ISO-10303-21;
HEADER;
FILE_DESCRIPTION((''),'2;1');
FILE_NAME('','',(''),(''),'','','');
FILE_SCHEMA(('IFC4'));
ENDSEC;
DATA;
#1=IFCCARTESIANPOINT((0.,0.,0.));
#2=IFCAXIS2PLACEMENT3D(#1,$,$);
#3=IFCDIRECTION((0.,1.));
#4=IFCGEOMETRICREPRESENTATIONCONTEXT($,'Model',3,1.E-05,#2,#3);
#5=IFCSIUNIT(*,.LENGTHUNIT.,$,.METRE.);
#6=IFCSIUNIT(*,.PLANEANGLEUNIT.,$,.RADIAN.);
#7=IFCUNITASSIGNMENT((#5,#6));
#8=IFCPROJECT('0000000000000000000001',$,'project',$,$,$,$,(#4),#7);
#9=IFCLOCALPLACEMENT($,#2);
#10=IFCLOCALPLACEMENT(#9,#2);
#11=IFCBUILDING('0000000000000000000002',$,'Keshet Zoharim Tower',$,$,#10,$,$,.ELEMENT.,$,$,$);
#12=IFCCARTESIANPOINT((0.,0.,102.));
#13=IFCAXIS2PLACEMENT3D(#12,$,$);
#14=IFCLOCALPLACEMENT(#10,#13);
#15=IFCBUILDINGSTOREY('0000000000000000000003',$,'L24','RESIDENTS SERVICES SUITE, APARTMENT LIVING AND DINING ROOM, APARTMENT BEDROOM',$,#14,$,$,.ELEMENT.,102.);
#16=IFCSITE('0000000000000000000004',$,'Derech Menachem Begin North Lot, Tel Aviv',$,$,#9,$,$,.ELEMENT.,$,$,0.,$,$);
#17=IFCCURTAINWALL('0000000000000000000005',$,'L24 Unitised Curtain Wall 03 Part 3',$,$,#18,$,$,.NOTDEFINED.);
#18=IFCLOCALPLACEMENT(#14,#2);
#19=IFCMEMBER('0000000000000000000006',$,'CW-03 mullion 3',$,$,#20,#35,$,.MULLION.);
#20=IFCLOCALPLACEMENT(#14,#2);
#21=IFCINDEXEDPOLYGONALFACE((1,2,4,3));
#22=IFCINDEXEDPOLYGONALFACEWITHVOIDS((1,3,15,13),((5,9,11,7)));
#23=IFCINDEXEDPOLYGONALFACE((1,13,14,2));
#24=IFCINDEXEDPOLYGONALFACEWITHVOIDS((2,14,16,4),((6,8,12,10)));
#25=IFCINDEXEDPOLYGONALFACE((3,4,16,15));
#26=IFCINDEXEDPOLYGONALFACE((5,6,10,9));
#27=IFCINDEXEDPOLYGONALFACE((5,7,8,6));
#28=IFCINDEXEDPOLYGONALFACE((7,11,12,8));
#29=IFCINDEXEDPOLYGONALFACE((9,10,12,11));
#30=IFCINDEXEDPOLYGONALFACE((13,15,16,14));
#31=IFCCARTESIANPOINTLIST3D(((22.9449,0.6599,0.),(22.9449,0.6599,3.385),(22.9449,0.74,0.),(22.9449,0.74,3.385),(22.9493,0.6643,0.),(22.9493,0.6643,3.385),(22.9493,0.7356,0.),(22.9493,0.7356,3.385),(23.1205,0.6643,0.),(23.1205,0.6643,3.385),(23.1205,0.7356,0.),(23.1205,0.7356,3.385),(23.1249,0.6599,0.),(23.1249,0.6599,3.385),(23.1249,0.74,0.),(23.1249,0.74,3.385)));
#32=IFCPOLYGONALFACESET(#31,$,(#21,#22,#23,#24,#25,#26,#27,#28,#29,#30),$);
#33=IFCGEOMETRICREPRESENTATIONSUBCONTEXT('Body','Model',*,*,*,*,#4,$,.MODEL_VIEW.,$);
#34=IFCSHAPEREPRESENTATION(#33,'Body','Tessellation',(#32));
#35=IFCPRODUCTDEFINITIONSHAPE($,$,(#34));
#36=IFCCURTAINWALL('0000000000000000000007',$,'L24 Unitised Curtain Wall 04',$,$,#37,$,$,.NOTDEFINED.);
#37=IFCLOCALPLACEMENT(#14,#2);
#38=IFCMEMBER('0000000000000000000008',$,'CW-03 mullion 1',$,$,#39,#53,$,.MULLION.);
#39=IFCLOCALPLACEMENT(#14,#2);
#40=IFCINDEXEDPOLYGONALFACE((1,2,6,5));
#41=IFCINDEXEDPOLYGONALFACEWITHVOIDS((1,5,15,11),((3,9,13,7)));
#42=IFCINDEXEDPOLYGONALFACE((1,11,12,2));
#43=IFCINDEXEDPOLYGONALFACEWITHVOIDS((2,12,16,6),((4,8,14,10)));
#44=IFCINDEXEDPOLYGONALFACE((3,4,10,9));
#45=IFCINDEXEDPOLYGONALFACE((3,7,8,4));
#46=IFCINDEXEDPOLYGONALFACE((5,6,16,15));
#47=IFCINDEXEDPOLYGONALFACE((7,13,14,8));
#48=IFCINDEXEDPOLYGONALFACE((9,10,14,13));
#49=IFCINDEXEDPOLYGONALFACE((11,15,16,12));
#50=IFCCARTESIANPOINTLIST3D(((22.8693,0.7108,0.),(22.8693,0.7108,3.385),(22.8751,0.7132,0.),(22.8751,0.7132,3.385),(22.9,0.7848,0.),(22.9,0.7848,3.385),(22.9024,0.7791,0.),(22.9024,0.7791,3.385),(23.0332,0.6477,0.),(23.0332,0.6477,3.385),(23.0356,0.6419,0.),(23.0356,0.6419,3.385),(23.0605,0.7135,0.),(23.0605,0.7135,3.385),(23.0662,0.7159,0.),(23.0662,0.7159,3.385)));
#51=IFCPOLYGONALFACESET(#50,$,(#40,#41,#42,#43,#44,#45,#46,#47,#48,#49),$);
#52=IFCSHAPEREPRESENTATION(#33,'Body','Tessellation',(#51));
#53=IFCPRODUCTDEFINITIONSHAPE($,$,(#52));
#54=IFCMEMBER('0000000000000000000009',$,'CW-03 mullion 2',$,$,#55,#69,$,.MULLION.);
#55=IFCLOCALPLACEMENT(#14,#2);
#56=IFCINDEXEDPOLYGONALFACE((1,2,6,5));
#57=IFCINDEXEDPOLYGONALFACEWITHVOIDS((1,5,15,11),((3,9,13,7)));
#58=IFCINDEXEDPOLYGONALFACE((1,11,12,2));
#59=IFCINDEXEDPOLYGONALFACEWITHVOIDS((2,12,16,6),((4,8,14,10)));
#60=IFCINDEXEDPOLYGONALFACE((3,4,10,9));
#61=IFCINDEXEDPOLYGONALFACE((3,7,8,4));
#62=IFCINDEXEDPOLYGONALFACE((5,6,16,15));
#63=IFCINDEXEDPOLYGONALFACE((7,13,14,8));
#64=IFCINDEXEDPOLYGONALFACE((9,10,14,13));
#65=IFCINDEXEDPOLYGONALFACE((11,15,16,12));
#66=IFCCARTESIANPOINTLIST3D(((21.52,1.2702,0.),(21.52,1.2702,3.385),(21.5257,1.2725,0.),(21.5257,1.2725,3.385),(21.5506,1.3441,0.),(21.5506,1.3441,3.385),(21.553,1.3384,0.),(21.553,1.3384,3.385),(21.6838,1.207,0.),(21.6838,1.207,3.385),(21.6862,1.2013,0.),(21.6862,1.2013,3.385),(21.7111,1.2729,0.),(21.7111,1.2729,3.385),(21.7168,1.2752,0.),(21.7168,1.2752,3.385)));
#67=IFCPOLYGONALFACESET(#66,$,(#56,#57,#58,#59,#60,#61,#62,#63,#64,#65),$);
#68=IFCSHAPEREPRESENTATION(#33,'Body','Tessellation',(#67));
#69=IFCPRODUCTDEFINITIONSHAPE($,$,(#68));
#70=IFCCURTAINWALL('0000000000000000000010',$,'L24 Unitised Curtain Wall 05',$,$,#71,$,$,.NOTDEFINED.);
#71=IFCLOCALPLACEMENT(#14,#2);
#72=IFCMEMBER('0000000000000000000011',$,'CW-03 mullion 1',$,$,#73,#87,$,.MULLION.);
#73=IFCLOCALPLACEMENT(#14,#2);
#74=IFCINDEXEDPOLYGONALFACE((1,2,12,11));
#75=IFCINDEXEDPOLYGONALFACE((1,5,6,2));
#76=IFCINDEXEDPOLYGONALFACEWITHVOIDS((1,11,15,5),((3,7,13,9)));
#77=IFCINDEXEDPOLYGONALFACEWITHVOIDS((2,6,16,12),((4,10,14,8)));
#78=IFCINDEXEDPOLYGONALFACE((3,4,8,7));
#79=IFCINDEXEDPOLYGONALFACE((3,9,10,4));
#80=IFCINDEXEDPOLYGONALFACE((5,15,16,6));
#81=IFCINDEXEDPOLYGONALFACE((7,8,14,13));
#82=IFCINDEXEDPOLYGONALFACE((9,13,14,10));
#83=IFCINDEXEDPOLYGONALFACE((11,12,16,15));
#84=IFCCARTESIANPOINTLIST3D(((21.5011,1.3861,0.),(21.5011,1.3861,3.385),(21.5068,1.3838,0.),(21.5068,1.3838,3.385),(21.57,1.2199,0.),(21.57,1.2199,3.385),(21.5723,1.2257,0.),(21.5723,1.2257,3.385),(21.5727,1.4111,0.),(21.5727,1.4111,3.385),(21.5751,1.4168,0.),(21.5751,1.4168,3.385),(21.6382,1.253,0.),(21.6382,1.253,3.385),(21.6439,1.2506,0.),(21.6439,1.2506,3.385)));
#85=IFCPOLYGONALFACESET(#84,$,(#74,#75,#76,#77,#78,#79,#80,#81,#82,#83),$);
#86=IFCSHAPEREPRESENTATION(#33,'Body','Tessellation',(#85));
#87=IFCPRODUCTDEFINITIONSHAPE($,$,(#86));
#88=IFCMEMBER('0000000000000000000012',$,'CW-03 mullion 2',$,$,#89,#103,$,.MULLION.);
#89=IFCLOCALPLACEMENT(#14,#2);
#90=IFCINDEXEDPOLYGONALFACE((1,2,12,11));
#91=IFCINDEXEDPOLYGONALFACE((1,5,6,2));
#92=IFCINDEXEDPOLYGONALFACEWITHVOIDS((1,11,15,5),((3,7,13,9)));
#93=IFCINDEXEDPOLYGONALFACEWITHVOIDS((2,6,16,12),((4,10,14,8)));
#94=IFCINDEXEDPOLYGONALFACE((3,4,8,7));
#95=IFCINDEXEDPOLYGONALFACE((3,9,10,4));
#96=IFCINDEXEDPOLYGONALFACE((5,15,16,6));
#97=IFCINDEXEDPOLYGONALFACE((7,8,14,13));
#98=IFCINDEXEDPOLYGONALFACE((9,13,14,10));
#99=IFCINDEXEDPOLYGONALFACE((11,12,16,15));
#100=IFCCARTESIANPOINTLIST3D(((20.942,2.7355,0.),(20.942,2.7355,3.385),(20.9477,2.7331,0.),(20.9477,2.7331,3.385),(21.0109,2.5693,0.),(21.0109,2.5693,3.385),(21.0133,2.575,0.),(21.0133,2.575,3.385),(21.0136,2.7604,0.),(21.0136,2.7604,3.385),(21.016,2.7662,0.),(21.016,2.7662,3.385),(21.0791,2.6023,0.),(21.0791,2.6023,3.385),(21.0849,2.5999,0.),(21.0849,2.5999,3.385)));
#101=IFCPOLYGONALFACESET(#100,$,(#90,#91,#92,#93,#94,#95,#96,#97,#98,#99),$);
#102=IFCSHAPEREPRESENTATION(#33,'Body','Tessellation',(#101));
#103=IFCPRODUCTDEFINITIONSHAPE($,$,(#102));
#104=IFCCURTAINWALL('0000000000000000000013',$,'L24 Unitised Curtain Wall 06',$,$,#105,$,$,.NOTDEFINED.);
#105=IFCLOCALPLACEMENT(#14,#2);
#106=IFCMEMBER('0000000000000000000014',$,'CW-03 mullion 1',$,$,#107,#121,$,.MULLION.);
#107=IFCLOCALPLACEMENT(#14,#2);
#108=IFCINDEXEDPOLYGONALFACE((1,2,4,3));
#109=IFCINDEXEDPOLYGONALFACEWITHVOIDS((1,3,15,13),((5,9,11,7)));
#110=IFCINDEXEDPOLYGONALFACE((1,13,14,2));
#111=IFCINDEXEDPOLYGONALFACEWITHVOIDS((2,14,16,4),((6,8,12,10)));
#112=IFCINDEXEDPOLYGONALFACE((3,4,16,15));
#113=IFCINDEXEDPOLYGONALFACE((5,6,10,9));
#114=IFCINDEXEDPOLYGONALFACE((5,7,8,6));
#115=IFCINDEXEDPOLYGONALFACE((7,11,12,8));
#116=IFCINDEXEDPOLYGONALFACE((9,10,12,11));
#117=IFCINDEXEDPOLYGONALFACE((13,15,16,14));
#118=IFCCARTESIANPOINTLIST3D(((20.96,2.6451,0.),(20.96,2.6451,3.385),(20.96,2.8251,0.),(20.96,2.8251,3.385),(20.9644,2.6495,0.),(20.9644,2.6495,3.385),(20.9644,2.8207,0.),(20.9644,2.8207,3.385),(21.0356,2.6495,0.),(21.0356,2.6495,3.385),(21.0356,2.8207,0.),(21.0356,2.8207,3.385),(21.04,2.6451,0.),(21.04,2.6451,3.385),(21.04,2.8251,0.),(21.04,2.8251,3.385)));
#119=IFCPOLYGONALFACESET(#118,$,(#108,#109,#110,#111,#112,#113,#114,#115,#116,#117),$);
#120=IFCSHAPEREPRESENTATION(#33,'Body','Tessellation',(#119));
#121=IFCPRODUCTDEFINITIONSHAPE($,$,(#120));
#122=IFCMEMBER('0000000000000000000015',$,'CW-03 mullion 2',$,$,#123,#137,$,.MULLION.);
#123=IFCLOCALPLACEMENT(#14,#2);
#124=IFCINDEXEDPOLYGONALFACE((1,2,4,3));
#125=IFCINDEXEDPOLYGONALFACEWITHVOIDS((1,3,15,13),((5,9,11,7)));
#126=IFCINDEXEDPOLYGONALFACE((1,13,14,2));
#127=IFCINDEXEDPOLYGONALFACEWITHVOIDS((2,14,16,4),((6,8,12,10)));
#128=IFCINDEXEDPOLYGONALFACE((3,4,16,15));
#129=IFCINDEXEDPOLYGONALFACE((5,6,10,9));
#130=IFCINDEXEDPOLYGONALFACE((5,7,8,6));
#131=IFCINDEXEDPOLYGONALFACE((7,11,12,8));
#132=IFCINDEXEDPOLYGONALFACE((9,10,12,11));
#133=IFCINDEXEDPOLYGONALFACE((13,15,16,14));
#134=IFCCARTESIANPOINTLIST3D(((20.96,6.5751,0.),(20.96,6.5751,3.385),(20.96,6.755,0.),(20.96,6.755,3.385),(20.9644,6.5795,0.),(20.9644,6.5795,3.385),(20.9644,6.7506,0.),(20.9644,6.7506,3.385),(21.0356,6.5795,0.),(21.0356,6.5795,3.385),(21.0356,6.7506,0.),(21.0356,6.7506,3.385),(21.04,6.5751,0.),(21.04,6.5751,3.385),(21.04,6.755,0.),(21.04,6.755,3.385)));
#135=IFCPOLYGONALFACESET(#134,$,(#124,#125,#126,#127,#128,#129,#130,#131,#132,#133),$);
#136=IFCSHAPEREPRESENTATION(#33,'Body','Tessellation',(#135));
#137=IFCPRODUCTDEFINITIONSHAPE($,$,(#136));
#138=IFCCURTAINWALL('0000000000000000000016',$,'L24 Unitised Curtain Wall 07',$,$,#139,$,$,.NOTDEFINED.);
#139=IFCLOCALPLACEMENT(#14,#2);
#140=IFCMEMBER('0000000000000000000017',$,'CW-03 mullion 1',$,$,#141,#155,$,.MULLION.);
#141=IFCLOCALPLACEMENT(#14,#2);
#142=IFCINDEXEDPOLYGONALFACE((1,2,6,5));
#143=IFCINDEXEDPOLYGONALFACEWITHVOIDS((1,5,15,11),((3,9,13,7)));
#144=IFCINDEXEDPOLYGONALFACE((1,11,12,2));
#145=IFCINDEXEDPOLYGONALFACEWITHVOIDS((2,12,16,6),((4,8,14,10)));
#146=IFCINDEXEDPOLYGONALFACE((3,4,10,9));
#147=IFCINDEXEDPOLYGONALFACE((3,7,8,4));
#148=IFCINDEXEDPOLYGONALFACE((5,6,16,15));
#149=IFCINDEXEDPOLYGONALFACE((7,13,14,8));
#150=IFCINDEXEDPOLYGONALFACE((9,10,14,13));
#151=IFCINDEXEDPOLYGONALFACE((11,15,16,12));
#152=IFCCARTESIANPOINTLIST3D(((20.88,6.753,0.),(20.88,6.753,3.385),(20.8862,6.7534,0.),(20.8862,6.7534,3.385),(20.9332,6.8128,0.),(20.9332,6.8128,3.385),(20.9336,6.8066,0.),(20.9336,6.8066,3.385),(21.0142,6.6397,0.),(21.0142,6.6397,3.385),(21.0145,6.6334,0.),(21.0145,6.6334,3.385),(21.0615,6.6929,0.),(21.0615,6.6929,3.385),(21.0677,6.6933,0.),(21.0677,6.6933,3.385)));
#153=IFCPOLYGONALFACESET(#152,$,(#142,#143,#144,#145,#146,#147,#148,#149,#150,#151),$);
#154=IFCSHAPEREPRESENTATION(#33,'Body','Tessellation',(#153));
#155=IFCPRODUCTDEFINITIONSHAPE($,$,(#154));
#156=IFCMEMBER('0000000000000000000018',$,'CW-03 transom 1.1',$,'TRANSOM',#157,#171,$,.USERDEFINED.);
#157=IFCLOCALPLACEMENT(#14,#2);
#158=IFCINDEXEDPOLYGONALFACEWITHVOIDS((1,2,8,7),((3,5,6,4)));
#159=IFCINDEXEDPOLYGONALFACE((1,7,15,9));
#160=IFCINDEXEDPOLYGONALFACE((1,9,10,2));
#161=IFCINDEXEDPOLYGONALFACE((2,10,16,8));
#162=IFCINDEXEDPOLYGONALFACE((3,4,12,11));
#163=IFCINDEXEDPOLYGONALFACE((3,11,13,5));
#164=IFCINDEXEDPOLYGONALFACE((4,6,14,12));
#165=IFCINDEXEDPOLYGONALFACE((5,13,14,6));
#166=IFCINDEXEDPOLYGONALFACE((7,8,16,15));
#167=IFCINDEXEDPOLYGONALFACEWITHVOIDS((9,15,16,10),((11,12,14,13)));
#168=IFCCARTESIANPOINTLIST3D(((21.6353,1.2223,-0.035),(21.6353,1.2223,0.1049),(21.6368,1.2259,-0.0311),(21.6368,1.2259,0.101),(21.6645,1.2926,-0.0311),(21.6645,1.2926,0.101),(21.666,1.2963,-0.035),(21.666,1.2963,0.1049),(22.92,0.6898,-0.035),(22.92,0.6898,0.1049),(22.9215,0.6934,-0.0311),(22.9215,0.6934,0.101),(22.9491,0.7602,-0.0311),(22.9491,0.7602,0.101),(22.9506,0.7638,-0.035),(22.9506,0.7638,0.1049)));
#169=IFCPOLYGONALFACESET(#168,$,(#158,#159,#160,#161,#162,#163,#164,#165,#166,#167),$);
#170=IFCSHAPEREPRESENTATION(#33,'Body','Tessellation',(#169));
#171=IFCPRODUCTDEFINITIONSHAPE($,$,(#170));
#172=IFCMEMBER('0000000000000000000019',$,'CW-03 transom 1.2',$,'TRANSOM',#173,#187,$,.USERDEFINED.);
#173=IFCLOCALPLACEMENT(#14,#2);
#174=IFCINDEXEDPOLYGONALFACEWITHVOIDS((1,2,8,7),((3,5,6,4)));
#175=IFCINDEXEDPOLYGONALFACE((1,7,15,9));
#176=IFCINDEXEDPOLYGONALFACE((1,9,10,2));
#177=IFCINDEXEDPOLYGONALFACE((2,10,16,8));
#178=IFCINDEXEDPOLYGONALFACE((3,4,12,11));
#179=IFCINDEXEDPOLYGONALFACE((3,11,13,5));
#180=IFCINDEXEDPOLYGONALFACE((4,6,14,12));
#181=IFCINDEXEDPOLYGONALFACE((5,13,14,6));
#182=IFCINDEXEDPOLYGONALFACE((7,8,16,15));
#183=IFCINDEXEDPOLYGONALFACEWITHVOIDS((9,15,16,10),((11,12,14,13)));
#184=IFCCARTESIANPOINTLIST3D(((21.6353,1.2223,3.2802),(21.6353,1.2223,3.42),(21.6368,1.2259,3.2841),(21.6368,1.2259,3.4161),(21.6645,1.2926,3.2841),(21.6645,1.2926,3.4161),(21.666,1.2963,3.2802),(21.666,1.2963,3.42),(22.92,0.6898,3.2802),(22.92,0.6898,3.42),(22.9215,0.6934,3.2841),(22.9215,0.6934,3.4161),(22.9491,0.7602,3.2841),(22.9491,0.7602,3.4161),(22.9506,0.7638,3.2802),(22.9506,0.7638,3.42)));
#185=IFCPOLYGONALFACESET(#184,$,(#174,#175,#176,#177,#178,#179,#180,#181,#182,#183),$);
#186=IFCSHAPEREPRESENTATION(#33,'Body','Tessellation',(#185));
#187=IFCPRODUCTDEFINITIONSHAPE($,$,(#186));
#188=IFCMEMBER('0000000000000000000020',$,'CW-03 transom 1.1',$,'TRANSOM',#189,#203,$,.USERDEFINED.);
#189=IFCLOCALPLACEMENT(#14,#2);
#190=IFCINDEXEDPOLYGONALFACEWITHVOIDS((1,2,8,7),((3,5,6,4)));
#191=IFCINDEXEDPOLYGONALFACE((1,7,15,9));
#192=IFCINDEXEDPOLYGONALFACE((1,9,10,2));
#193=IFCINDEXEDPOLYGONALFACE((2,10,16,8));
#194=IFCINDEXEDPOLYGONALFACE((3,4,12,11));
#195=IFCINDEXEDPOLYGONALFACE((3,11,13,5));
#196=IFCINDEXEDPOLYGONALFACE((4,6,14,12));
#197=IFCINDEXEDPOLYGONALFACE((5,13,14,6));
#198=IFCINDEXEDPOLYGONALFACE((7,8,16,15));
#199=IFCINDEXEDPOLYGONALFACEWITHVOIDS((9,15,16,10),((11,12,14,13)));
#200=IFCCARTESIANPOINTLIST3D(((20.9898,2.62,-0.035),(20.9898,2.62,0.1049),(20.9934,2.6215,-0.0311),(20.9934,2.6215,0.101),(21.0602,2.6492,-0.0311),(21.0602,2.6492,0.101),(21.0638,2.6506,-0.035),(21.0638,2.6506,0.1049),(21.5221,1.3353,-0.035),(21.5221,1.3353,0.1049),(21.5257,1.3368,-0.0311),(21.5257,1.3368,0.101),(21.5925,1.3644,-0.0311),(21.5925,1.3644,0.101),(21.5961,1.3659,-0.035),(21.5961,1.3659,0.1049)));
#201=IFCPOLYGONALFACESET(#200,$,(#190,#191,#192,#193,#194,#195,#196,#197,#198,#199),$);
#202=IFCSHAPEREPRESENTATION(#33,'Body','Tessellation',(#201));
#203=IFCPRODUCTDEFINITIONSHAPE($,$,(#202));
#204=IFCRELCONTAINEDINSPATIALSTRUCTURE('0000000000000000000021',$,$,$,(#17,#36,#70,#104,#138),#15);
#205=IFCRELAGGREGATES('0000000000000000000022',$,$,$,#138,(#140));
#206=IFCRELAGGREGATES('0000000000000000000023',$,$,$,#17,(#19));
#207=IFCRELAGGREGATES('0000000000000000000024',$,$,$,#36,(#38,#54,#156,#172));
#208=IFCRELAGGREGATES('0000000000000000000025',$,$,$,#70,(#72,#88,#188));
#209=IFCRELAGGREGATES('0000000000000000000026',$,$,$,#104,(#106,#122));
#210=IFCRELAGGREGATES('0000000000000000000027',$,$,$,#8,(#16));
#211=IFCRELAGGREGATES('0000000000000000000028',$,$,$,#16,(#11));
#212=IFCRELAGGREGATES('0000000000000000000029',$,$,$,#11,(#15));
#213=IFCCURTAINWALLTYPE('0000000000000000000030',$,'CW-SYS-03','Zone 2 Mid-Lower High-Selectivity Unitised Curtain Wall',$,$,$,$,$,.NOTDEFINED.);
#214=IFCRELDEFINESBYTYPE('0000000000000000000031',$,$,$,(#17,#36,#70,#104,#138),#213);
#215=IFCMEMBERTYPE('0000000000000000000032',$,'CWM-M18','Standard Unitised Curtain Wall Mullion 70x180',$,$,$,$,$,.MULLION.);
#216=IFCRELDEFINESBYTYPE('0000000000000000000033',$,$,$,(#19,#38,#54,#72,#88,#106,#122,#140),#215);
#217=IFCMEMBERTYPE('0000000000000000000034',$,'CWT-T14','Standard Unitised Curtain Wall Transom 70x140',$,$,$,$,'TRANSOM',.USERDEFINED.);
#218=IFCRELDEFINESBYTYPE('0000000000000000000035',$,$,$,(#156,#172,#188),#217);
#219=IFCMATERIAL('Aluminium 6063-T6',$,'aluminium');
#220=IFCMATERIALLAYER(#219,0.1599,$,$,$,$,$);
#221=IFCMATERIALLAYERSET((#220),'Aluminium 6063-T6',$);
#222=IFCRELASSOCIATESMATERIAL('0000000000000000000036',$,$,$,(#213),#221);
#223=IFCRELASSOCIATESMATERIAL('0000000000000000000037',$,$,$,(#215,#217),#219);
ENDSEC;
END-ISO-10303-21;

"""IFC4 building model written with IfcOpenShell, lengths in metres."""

from ifc_helpers import new_model, si_unit, direction, frame, origin, origin_2d, place, context, subcontext, project, spatial, hollow_rectangle, extrude, material, layer, layer_set, material_profile, profile_set, type_object, element, aggregate, save


model = new_model("IFC4")

# Units and contexts
model_context = context("Model", 3, precision=1e-05, world=origin(), true_north=direction((0.0, 1.0)))
body_context = subcontext(model_context, "Body", "Model", "MODEL_VIEW")
ifc_project = project(units=[si_unit("LENGTHUNIT", "METRE"), si_unit("PLANEANGLEUNIT", "RADIAN")], contexts=[model_context])

# Site, building, storey
site_placement = place(None, origin())
site = spatial("IfcSite", under=ifc_project, at=site_placement, Name="Derech Menachem Begin North Lot, Tel Aviv", CompositionType="ELEMENT", RefElevation=0.0)
building_placement = place(site_placement, origin())
building = spatial("IfcBuilding", under=site, at=building_placement, Name="Keshet Zoharim Tower", CompositionType="ELEMENT")
storey_placement = place(building_placement, frame((0.0, 0.0, 102.0)))
storey = spatial("IfcBuildingStorey", under=building, at=storey_placement, Name="L24", Description="RESIDENTS SERVICES SUITE, APARTMENT LIVING AND DINING ROOM, APARTMENT BEDROOM", CompositionType="ELEMENT", Elevation=102.0)

# Curtain wall, member
ifc_material_1 = material(Name="Aluminium 6063-T6", Category="aluminium")
ifc_layer_1 = layer(ifc_material_1, 0.1599)
ifc_layer_set_1 = layer_set([ifc_layer_1], Name="Aluminium 6063-T6")
curtain_wall_type = type_object("IfcCurtainWallType", Name="CW-SYS-03", Description="Zone 2 Mid-Lower High-Selectivity Unitised Curtain Wall", PredefinedType="NOTDEFINED", material=ifc_layer_set_1)
curtain_wall_1_placement = place(storey_placement, origin())
curtain_wall_1 = element("IfcCurtainWall", 1, at=curtain_wall_1_placement, inside=storey, type_object=curtain_wall_type, Name="L24 Unitised Curtain Wall 03 Part 3", PredefinedType="NOTDEFINED")
ifc_material_profile_1 = material_profile(ifc_material_1, hollow_rectangle(XDim=0.0801, YDim=0.1799, WallThickness=0.0044, at=origin_2d()), Name="MUL-80x180")
ifc_profile_set_1 = profile_set([ifc_material_profile_1], Name="Aluminium 6063-T6")
member_type_1 = type_object("IfcMemberType", Name="CWM-M18", Description="Standard Unitised Curtain Wall Mullion 70x180", PredefinedType="MULLION", material=ifc_profile_set_1)
member_1_placement = place(storey_placement, frame((23.0349, 0.7, 0.0), z_axis=(0.0, 0.0, 1.0), x_axis=(0.0, -1.0, 0.0)))
member_1 = element("IfcMember", 2, at=member_1_placement, type_object=member_type_1, Name="CW-03 mullion 3", PredefinedType="MULLION", context=body_context, shape_type="SweptSolid", body=[
    extrude(hollow_rectangle(XDim=0.0801, YDim=0.1799, WallThickness=0.0044, at=origin_2d()), origin(), (0.0, 0.0, 1.0), 3.385),
])

# Curtain walls, members
curtain_wall_2_placement = place(storey_placement, origin())
curtain_wall_2 = element("IfcCurtainWall", 3, at=curtain_wall_2_placement, inside=storey, type_object=curtain_wall_type, Name="L24 Unitised Curtain Wall 04", PredefinedType="NOTDEFINED")
member_2_placement = place(storey_placement, frame((22.9678, 0.7134, 0.0), z_axis=(0.0, 0.0, 1.0), x_axis=(-0.382852, -0.92381, 0.0)))
member_2 = element("IfcMember", 4, at=member_2_placement, type_object=member_type_1, Name="CW-03 mullion 1", PredefinedType="MULLION", context=body_context, shape_type="SweptSolid", body=[
    extrude(hollow_rectangle(XDim=0.0801, YDim=0.1799, WallThickness=0.0044, at=origin_2d()), origin(), (0.0, 0.0, 1.0), 3.385),
])
member_3_placement = place(storey_placement, frame((21.6184, 1.2727, 0.0), z_axis=(0.0, 0.0, 1.0), x_axis=(-0.382852, -0.92381, 0.0)))
member_3 = element("IfcMember", 5, at=member_3_placement, type_object=member_type_1, Name="CW-03 mullion 2", PredefinedType="MULLION", context=body_context, shape_type="SweptSolid", body=[
    extrude(hollow_rectangle(XDim=0.0801, YDim=0.1799, WallThickness=0.0044, at=origin_2d()), origin(), (0.0, 0.0, 1.0), 3.385),
])
curtain_wall_3_placement = place(storey_placement, origin())
curtain_wall_3 = element("IfcCurtainWall", 6, at=curtain_wall_3_placement, inside=storey, type_object=curtain_wall_type, Name="L24 Unitised Curtain Wall 05", PredefinedType="NOTDEFINED")
member_4_placement = place(storey_placement, frame((21.5725, 1.3184, 0.0), z_axis=(0.0, 0.0, 1.0), x_axis=(-0.92381, -0.382852, 0.0)))
member_4 = element("IfcMember", 7, at=member_4_placement, type_object=member_type_1, Name="CW-03 mullion 1", PredefinedType="MULLION", context=body_context, shape_type="SweptSolid", body=[
    extrude(hollow_rectangle(XDim=0.0801, YDim=0.1799, WallThickness=0.0044, at=origin_2d()), origin(), (0.0, 0.0, 1.0), 3.385),
])
member_5_placement = place(storey_placement, frame((21.0134, 2.6677, 0.0), z_axis=(0.0, 0.0, 1.0), x_axis=(-0.92381, -0.382852, 0.0)))
member_5 = element("IfcMember", 8, at=member_5_placement, type_object=member_type_1, Name="CW-03 mullion 2", PredefinedType="MULLION", context=body_context, shape_type="SweptSolid", body=[
    extrude(hollow_rectangle(XDim=0.0801, YDim=0.1799, WallThickness=0.0044, at=origin_2d()), origin(), (0.0, 0.0, 1.0), 3.385),
])
curtain_wall_4_placement = place(storey_placement, origin())
curtain_wall_4 = element("IfcCurtainWall", 9, at=curtain_wall_4_placement, inside=storey, type_object=curtain_wall_type, Name="L24 Unitised Curtain Wall 06", PredefinedType="NOTDEFINED")
member_6_placement = place(storey_placement, frame((21.0, 2.7351, 0.0), z_axis=(0.0, 0.0, 1.0), x_axis=(-1.0, 0.0, 0.0)))
member_6 = element("IfcMember", 10, at=member_6_placement, type_object=member_type_1, Name="CW-03 mullion 1", PredefinedType="MULLION", context=body_context, shape_type="SweptSolid", body=[
    extrude(hollow_rectangle(XDim=0.0801, YDim=0.1799, WallThickness=0.0044, at=origin_2d()), origin(), (0.0, 0.0, 1.0), 3.385),
])
member_7_placement = place(storey_placement, frame((21.0, 6.665, 0.0), z_axis=(0.0, 0.0, 1.0), x_axis=(-1.0, 0.0, 0.0)))
member_7 = element("IfcMember", 11, at=member_7_placement, type_object=member_type_1, Name="CW-03 mullion 2", PredefinedType="MULLION", context=body_context, shape_type="SweptSolid", body=[
    extrude(hollow_rectangle(XDim=0.0801, YDim=0.1799, WallThickness=0.0044, at=origin_2d()), origin(), (0.0, 0.0, 1.0), 3.385),
])

# Curtain wall, member
curtain_wall_5_placement = place(storey_placement, origin())
curtain_wall_5 = element("IfcCurtainWall", 12, at=curtain_wall_5_placement, inside=storey, type_object=curtain_wall_type, Name="L24 Unitised Curtain Wall 07", PredefinedType="NOTDEFINED")
member_8_placement = place(storey_placement, frame((20.9739, 6.7231, 0.0), z_axis=(0.0, 0.0, 1.0), x_axis=(-0.66436, -0.747412, 0.0)))
member_8 = element("IfcMember", 13, at=member_8_placement, type_object=member_type_1, Name="CW-03 mullion 1", PredefinedType="MULLION", context=body_context, shape_type="SweptSolid", body=[
    extrude(hollow_rectangle(XDim=0.0801, YDim=0.1799, WallThickness=0.0044, at=origin_2d()), origin(), (0.0, 0.0, 1.0), 3.385),
])

# Members
ifc_material_profile_2 = material_profile(ifc_material_1, hollow_rectangle(XDim=0.0801, YDim=0.1399, WallThickness=0.0039, at=origin_2d()), Name="TRN-80x140")
ifc_profile_set_2 = profile_set([ifc_material_profile_2], Name="Aluminium 6063-T6")
member_type_2 = type_object("IfcMemberType", Name="CWT-T14", Description="Standard Unitised Curtain Wall Transom 70x140", ElementType="TRANSOM", PredefinedType="USERDEFINED", material=ifc_profile_set_2)
member_9_placement = place(storey_placement, frame((22.9353, 0.7268, 0.0349), z_axis=(-0.923792, 0.382894, 0.0), x_axis=(-0.382894, -0.923792, 0.0)))
member_9 = element("IfcMember", 14, at=member_9_placement, type_object=member_type_2, Name="CW-03 transom 1.1", ObjectType="TRANSOM", PredefinedType="USERDEFINED", context=body_context, shape_type="SweptSolid", body=[
    extrude(hollow_rectangle(XDim=0.0801, YDim=0.1399, WallThickness=0.0039, at=origin_2d()), origin(), (0.0, 0.0, 1.0), 1.3906),
])
member_10_placement = place(storey_placement, frame((22.9353, 0.7268, 3.3501), z_axis=(-0.923792, 0.382894, 0.0), x_axis=(-0.382894, -0.923792, 0.0)))
member_10 = element("IfcMember", 15, at=member_10_placement, type_object=member_type_2, Name="CW-03 transom 1.2", ObjectType="TRANSOM", PredefinedType="USERDEFINED", context=body_context, shape_type="SweptSolid", body=[
    extrude(hollow_rectangle(XDim=0.0801, YDim=0.1399, WallThickness=0.0039, at=origin_2d()), origin(), (0.0, 0.0, 1.0), 1.3906),
])
member_11_placement = place(storey_placement, frame((21.5591, 1.3506, 0.0349), z_axis=(-0.382745, 0.923854, 0.0), x_axis=(-0.923854, -0.382745, 0.0)))
member_11 = element("IfcMember", 16, at=member_11_placement, type_object=member_type_2, Name="CW-03 transom 1.1", ObjectType="TRANSOM", PredefinedType="USERDEFINED", context=body_context, shape_type="SweptSolid", body=[
    extrude(hollow_rectangle(XDim=0.0801, YDim=0.1399, WallThickness=0.0039, at=origin_2d()), origin(), (0.0, 0.0, 1.0), 1.3906),
])
aggregate(curtain_wall_5, [member_8])

aggregate(curtain_wall_1, [member_1])
aggregate(curtain_wall_2, [member_2, member_3, member_9, member_10])
aggregate(curtain_wall_3, [member_4, member_5, member_11])
aggregate(curtain_wall_4, [member_6, member_7])

save(model, "model.ifc")
